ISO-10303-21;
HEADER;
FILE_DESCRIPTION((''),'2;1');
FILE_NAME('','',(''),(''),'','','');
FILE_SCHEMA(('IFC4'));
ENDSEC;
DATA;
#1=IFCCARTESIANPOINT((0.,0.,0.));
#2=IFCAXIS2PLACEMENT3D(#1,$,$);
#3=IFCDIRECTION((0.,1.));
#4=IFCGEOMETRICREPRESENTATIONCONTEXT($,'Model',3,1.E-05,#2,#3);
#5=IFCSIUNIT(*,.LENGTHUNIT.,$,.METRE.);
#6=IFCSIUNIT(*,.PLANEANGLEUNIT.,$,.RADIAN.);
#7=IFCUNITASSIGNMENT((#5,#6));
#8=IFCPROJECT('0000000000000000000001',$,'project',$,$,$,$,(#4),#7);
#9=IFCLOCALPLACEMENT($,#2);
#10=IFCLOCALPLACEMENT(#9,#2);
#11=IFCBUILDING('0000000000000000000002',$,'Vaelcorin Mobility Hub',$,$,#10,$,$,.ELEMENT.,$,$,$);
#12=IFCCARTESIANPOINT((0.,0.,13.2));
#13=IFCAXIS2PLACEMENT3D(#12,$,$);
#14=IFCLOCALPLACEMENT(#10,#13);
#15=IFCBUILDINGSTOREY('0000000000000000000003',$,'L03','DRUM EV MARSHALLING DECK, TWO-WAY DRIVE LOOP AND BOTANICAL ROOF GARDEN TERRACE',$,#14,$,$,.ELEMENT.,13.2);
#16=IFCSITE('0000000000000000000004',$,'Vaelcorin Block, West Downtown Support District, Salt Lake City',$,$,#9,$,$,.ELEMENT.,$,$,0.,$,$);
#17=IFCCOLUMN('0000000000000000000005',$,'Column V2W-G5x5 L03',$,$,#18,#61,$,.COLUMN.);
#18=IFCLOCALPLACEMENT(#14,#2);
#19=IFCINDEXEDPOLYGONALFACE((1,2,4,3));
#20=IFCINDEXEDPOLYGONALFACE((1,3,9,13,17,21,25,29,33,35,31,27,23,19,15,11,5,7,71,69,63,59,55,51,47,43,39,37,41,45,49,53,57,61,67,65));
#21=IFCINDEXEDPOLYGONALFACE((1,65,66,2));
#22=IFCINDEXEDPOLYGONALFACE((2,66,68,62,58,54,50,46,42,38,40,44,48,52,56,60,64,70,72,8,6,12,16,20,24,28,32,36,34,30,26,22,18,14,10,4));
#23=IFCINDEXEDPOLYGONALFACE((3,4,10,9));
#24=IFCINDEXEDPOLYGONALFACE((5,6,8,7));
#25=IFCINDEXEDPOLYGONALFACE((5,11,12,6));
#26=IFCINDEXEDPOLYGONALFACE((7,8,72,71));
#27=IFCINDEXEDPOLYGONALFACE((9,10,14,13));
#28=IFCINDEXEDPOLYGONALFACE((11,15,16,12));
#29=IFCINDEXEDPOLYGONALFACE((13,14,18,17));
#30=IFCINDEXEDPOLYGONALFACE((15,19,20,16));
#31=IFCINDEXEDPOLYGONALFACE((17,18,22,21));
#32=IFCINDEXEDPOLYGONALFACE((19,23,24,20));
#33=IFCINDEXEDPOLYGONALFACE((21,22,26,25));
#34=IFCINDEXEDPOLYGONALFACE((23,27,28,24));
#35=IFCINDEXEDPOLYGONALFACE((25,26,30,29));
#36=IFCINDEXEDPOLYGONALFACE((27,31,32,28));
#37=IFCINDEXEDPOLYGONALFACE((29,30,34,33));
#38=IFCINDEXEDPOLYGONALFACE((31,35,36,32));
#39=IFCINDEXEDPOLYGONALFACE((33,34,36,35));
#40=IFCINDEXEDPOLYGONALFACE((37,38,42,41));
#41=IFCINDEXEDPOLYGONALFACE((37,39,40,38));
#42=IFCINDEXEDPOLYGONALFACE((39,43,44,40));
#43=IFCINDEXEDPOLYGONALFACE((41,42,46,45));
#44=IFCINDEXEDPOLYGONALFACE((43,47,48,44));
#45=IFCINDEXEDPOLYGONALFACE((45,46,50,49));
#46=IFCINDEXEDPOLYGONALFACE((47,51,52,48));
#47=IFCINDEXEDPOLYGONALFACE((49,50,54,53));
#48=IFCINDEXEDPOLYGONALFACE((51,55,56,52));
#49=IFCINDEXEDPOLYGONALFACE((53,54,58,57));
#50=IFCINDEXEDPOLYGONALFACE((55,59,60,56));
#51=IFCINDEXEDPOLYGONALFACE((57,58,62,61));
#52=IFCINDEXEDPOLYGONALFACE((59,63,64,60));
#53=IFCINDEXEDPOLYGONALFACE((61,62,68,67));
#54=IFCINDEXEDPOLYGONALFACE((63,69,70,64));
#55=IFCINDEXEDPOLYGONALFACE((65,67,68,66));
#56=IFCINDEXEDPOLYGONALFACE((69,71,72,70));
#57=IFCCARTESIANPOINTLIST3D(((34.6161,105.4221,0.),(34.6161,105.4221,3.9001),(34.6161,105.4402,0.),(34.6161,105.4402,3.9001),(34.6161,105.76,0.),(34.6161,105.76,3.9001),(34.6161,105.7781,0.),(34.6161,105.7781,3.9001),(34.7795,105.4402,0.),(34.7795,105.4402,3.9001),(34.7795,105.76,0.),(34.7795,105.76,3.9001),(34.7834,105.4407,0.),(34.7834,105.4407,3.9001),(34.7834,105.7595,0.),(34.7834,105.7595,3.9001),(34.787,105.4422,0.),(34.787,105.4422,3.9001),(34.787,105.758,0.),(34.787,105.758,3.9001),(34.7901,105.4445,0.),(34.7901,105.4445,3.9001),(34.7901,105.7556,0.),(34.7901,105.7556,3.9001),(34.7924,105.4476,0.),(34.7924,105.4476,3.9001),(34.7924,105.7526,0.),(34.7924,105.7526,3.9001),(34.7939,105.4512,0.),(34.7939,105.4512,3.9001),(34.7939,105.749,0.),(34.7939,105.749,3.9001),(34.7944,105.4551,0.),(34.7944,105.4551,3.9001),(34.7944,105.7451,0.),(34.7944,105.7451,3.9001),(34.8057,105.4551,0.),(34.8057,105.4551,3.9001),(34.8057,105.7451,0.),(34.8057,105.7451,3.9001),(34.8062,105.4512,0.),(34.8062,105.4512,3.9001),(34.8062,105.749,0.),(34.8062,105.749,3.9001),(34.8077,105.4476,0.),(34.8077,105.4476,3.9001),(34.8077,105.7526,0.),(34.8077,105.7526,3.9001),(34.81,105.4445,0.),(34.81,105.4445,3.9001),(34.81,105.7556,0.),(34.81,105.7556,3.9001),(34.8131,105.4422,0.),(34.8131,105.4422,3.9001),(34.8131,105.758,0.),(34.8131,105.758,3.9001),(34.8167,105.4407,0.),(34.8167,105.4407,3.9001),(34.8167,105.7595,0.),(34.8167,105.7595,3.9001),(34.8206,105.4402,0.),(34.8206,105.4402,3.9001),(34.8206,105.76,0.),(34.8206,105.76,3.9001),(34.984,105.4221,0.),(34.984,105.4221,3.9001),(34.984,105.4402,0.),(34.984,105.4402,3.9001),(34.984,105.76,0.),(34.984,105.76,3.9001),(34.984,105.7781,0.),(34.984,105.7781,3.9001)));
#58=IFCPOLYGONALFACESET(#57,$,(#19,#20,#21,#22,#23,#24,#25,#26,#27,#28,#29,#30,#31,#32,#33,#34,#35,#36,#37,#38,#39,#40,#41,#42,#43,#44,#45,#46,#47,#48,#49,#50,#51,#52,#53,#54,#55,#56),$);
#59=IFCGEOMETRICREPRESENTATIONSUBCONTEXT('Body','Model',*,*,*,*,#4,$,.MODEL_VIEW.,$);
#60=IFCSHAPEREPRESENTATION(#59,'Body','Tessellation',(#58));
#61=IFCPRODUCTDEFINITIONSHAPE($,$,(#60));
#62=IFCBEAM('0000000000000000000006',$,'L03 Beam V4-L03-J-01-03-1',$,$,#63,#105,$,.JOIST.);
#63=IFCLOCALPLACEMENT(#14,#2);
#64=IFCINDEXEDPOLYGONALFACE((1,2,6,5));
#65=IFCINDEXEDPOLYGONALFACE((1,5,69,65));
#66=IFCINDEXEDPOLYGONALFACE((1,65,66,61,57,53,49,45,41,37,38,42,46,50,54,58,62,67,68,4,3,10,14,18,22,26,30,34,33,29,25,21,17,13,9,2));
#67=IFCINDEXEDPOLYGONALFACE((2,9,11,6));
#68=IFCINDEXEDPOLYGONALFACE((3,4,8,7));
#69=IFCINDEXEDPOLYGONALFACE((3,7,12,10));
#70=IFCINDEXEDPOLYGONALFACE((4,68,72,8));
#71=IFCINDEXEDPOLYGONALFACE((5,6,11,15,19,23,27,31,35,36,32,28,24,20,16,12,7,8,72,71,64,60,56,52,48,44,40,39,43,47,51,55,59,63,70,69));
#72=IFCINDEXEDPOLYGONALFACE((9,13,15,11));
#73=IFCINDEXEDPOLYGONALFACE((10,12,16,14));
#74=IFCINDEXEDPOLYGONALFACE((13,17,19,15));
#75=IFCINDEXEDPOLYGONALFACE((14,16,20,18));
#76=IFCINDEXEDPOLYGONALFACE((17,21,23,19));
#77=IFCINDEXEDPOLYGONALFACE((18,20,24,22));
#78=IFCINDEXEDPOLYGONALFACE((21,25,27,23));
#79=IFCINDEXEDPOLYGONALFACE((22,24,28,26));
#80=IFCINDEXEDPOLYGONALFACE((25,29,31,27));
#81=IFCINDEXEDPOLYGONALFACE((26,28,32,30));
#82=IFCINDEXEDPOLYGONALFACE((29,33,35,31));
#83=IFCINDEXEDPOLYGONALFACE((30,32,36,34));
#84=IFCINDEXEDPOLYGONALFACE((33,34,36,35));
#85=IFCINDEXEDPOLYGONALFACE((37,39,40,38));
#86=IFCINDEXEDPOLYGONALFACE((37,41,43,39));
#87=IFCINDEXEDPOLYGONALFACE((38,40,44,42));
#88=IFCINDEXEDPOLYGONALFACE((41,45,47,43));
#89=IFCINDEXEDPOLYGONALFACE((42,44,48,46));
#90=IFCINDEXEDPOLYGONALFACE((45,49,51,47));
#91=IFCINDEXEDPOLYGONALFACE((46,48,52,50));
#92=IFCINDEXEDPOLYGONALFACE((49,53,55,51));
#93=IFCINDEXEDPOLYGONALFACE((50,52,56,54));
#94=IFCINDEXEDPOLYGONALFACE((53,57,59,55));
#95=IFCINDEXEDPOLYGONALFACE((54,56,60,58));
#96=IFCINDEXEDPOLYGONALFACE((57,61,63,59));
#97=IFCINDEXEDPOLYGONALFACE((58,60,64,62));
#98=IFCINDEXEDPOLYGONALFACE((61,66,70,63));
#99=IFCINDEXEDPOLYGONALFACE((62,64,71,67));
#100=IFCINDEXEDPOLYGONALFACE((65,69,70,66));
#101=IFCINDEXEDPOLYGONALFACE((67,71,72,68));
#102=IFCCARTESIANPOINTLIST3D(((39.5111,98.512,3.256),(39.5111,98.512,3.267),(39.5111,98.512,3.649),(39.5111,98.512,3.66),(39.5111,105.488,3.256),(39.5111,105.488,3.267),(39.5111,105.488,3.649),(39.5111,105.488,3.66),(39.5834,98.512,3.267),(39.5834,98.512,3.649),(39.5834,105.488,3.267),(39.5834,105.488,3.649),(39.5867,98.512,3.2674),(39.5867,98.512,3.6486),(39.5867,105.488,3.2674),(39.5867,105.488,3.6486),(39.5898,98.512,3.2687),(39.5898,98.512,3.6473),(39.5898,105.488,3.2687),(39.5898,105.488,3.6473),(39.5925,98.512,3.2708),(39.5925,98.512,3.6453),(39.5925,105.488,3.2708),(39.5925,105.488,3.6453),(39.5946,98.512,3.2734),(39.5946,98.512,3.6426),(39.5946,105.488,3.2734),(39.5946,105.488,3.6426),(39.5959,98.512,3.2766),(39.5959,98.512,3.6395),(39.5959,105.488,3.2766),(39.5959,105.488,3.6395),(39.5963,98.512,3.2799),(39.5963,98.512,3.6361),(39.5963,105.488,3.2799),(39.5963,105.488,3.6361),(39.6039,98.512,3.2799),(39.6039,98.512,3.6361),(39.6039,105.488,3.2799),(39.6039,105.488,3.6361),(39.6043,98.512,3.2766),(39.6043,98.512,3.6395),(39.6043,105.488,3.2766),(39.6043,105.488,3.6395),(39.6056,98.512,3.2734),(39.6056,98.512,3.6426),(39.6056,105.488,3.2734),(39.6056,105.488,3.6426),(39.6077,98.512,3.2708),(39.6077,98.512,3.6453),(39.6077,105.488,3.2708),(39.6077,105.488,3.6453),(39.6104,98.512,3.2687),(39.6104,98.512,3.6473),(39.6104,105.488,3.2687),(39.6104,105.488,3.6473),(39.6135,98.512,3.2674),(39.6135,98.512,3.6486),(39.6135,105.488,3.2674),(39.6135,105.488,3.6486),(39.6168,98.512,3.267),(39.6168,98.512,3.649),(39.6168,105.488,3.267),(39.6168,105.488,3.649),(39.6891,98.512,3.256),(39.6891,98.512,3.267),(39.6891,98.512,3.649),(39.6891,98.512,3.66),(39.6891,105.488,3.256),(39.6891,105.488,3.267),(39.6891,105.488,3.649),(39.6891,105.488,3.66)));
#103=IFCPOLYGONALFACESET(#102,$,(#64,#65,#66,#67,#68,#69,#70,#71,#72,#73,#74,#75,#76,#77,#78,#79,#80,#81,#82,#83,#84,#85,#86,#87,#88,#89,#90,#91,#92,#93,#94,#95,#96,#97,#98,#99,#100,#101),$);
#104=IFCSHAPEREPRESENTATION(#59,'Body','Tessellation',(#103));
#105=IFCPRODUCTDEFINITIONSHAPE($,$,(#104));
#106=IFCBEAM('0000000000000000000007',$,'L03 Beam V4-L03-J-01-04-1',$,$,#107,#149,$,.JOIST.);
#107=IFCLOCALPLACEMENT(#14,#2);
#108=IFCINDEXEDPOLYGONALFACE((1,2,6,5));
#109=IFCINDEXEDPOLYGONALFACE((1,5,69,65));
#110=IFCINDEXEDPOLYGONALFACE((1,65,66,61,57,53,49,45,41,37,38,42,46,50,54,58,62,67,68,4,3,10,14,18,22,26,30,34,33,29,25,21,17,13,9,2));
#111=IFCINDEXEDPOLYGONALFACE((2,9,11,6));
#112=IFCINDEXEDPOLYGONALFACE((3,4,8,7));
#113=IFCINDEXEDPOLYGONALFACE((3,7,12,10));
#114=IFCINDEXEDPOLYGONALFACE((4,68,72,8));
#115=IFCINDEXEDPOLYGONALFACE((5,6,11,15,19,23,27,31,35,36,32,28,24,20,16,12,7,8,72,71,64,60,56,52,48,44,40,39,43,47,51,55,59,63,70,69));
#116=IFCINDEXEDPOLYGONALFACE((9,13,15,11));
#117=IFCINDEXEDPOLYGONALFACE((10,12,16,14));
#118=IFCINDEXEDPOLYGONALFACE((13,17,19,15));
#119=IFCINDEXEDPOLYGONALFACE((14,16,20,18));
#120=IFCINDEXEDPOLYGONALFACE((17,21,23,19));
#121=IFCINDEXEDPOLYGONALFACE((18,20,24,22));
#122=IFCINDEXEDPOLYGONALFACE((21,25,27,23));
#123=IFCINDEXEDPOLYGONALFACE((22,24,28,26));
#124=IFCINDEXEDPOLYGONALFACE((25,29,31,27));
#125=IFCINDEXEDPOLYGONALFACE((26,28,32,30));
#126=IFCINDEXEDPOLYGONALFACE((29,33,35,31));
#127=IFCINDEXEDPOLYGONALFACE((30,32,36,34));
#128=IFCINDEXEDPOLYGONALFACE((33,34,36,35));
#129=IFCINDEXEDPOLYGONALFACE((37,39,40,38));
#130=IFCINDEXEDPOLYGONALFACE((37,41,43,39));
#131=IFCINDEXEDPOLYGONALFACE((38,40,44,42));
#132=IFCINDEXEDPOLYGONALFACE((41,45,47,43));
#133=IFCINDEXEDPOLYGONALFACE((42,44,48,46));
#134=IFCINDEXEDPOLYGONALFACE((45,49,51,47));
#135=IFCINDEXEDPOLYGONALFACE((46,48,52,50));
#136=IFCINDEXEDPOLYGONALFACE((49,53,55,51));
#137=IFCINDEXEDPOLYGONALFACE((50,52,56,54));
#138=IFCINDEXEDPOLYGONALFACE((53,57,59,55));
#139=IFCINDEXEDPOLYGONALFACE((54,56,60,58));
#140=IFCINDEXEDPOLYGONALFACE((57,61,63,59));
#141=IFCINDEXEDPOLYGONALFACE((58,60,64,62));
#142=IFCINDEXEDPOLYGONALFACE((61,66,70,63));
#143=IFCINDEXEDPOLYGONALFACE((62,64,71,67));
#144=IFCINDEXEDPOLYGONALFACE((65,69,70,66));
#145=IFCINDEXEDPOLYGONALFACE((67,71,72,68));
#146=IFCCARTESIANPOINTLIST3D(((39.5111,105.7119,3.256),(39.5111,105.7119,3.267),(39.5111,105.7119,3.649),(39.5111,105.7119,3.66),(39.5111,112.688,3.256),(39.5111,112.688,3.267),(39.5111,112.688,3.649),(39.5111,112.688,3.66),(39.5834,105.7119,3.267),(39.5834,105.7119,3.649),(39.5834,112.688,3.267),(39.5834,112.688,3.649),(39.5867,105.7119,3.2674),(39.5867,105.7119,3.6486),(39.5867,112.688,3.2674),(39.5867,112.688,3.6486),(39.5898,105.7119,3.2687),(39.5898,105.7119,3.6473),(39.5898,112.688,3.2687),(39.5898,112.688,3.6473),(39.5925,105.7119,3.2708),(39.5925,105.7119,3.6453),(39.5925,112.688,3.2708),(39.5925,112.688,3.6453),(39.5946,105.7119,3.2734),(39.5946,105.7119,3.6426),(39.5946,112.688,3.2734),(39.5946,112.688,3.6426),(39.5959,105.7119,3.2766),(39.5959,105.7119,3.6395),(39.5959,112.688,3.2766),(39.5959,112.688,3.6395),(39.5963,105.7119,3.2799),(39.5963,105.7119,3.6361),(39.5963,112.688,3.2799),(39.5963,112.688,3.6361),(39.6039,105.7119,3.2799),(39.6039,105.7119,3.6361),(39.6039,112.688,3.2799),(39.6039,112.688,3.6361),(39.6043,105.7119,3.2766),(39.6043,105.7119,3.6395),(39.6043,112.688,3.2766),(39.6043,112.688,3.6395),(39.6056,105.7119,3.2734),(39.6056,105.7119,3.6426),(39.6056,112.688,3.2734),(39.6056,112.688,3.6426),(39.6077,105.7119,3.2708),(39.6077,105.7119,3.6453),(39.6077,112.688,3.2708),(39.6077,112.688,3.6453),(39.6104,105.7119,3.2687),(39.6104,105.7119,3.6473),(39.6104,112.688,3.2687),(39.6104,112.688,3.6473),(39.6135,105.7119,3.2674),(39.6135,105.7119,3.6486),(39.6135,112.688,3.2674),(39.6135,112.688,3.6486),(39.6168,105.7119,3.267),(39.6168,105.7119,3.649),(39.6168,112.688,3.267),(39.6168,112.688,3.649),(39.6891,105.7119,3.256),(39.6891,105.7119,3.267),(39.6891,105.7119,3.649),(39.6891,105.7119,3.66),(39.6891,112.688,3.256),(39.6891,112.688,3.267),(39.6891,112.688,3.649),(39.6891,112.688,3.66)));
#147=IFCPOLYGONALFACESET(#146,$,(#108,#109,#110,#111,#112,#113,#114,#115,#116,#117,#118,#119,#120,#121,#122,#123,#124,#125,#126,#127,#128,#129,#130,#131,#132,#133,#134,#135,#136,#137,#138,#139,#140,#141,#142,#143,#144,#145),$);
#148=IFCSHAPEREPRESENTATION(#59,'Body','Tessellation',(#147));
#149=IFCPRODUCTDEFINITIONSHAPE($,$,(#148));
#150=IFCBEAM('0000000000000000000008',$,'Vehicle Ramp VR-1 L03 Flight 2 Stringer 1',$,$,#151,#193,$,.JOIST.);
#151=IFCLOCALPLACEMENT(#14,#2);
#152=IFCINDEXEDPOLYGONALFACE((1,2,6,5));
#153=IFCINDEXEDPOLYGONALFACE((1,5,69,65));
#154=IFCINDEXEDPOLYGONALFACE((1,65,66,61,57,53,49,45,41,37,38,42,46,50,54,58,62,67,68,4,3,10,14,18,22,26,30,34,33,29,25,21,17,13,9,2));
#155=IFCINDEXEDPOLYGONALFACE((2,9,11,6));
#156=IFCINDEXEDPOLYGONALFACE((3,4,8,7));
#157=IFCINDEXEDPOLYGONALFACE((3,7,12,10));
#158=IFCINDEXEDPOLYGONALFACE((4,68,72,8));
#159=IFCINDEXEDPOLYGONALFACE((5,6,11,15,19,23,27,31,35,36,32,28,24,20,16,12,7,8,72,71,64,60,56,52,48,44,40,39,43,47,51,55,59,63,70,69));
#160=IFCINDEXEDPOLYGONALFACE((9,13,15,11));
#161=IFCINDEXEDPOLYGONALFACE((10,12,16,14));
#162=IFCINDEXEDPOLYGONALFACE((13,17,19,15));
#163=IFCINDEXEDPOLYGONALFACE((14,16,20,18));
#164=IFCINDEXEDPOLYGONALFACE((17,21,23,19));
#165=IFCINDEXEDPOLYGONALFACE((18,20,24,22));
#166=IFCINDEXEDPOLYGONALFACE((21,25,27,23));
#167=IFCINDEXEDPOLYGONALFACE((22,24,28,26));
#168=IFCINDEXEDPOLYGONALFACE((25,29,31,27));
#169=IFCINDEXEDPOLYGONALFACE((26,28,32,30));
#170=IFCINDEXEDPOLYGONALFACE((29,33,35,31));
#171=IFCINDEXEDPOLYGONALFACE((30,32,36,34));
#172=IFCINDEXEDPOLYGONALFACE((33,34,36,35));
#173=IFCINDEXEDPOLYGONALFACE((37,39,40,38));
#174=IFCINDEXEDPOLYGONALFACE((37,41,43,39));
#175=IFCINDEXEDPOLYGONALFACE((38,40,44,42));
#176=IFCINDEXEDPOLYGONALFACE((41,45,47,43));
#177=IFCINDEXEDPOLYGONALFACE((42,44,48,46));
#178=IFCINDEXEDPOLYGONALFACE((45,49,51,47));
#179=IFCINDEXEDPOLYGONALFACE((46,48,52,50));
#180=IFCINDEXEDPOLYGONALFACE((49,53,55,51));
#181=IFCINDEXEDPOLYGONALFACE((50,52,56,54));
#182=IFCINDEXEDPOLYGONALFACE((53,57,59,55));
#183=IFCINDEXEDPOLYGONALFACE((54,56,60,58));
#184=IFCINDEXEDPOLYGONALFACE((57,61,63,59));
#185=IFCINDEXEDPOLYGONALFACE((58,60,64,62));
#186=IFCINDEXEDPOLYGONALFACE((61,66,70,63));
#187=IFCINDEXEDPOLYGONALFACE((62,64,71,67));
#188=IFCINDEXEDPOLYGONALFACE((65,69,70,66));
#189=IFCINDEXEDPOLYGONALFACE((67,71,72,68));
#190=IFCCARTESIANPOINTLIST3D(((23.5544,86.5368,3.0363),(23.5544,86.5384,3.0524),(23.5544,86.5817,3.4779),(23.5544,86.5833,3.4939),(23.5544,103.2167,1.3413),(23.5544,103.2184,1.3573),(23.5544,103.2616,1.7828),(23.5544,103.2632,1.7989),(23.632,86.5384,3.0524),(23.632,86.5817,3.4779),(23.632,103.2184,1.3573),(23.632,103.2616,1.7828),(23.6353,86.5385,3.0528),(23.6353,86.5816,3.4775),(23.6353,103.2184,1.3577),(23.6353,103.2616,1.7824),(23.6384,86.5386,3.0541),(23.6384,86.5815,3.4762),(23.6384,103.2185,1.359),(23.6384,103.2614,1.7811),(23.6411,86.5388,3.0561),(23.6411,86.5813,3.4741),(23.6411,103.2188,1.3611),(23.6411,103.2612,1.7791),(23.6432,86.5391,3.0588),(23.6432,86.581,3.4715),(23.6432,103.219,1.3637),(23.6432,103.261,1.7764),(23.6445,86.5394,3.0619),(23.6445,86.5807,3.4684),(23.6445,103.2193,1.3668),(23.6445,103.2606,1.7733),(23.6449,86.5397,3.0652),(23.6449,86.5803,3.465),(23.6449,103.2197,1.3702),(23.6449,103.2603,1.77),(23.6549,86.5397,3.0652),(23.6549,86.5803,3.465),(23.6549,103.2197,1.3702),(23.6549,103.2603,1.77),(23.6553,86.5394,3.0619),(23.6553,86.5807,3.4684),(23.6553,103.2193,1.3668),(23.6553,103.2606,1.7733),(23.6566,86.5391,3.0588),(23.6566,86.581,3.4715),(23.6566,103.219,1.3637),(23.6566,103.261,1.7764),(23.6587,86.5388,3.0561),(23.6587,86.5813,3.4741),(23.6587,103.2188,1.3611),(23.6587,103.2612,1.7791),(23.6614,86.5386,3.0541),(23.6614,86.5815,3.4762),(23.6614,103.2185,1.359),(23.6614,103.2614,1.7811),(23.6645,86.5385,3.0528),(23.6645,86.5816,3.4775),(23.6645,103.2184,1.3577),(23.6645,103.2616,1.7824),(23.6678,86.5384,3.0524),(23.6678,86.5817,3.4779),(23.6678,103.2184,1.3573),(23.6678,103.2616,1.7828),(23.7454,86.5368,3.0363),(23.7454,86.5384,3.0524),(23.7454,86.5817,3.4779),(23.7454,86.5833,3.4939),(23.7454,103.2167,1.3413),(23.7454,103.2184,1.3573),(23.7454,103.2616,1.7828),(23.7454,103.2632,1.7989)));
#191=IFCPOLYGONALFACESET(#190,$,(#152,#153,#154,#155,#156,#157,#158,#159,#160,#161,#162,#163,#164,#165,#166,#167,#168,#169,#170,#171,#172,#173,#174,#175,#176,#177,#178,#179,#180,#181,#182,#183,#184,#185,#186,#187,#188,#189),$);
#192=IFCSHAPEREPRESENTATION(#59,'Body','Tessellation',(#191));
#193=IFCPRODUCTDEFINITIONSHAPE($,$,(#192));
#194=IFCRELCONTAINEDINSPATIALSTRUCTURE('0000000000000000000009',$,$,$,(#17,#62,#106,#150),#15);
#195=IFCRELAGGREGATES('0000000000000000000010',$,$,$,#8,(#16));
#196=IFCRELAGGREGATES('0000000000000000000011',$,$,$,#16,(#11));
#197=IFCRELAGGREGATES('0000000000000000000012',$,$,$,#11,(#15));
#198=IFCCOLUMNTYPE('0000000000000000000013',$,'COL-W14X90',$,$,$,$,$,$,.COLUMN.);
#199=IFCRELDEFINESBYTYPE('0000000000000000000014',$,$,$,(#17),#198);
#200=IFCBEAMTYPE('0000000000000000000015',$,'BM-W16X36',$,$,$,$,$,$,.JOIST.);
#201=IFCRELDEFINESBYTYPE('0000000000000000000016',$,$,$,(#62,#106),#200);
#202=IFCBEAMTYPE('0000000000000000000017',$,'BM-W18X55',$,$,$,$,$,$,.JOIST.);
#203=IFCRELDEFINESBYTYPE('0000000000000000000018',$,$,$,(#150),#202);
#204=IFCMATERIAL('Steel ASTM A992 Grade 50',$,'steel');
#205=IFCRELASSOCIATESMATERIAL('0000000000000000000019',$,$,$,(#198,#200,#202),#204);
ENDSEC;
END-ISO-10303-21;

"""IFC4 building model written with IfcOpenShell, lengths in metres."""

from ifc_helpers import new_model, si_unit, direction, frame, origin, origin_2d, place, context, subcontext, project, spatial, i_section, extrude, material, material_profile, profile_set, type_object, element, save


model = new_model("IFC4")

# Units and contexts
model_context = context("Model", 3, precision=1e-05, world=origin(), true_north=direction((0.0, 1.0)))
body_context = subcontext(model_context, "Body", "Model", "MODEL_VIEW")
ifc_project = project(units=[si_unit("LENGTHUNIT", "METRE"), si_unit("PLANEANGLEUNIT", "RADIAN")], contexts=[model_context])

# Site, building, storey
site_placement = place(None, origin())
site = spatial("IfcSite", under=ifc_project, at=site_placement, Name="Vaelcorin Block, West Downtown Support District, Salt Lake City", CompositionType="ELEMENT", RefElevation=0.0)
building_placement = place(site_placement, origin())
building = spatial("IfcBuilding", under=site, at=building_placement, Name="Vaelcorin Mobility Hub", CompositionType="ELEMENT")
storey_placement = place(building_placement, frame((0.0, 0.0, 13.2)))
storey = spatial("IfcBuildingStorey", under=building, at=storey_placement, Name="L03", Description="DRUM EV MARSHALLING DECK, TWO-WAY DRIVE LOOP AND BOTANICAL ROOF GARDEN TERRACE", CompositionType="ELEMENT", Elevation=13.2)

# Column
ifc_material_1 = material(Name="Steel ASTM A992 Grade 50", Category="steel")
ifc_material_profile_1 = material_profile(ifc_material_1, i_section(OverallWidth=0.3679, OverallDepth=0.356, WebThickness=0.0112, FlangeThickness=0.0181, FilletRadius=0.0149, at=origin_2d()), Name="W14X90")
ifc_profile_set_1 = profile_set([ifc_material_profile_1], Name="Steel ASTM A992 Grade 50")
column_type_1 = type_object("IfcColumnType", Name="COL-W14X90", PredefinedType="COLUMN", material=ifc_profile_set_1)
for number, where, z_axis, x_axis, name in (
    (1, (34.8, 105.6001, 0.0), (0.0, 0.0, 1.0), (1.0, 0.0, 0.0), "Column V2W-G5x5 L03"),
):
    element("IfcColumn", number, at=place(storey_placement, frame(where, z_axis=z_axis, x_axis=x_axis)), inside=storey, type_object=column_type_1, Name=name, PredefinedType="COLUMN", context=body_context, shape_type="SweptSolid", body=[
        extrude(i_section(OverallWidth=0.3679, OverallDepth=0.356, WebThickness=0.0112, FlangeThickness=0.0181, FilletRadius=0.0149, at=origin_2d()), origin(), (0.0, 0.0, 1.0), 3.9001),
    ])

# Beams
ifc_material_profile_2 = material_profile(ifc_material_1, i_section(OverallWidth=0.178, OverallDepth=0.4041, WebThickness=0.0076, FlangeThickness=0.011, FilletRadius=0.0129, at=origin_2d()), Name="W16X36")
ifc_profile_set_2 = profile_set([ifc_material_profile_2], Name="Steel ASTM A992 Grade 50")
beam_type_1 = type_object("IfcBeamType", Name="BM-W16X36", PredefinedType="JOIST", material=ifc_profile_set_2)
for number, where, z_axis, x_axis, name in (
    (2, (39.6001, 98.512, 3.458), (0.0, 1.0, 0.0), (-1.0, 0.0, 0.0), "L03 Beam V4-L03-J-01-03-1"),
    (3, (39.6001, 105.7119, 3.458), (0.0, 1.0, 0.0), (-1.0, 0.0, 0.0), "L03 Beam V4-L03-J-01-04-1"),
):
    element("IfcBeam", number, at=place(storey_placement, frame(where, z_axis=z_axis, x_axis=x_axis)), inside=storey, type_object=beam_type_1, Name=name, PredefinedType="JOIST", context=body_context, shape_type="SweptSolid", body=[
        extrude(i_section(OverallWidth=0.178, OverallDepth=0.4041, WebThickness=0.0076, FlangeThickness=0.011, FilletRadius=0.0129, at=origin_2d()), origin(), (0.0, 0.0, 1.0), 6.9761),
    ])
ifc_material_profile_3 = material_profile(ifc_material_1, i_section(OverallWidth=0.1909, OverallDepth=0.46, WebThickness=0.01, FlangeThickness=0.0161, FilletRadius=0.0129, at=origin_2d()), Name="W18X55")
ifc_profile_set_3 = profile_set([ifc_material_profile_3], Name="Steel ASTM A992 Grade 50")
beam_type_2 = type_object("IfcBeamType", Name="BM-W18X55", PredefinedType="JOIST", material=ifc_profile_set_3)
for number, where, z_axis, x_axis, name in (
    (4, (23.6499, 103.24, 1.5701), (0.0, -0.994876, 0.101103), (1.0, 0.0, 0.0), "Vehicle Ramp VR-1 L03 Flight 2 Stringer 1"),
):
    element("IfcBeam", number, at=place(storey_placement, frame(where, z_axis=z_axis, x_axis=x_axis)), inside=storey, type_object=beam_type_2, Name=name, PredefinedType="JOIST", context=body_context, shape_type="SweptSolid", body=[
        extrude(i_section(OverallWidth=0.1909, OverallDepth=0.46, WebThickness=0.01, FlangeThickness=0.0161, FilletRadius=0.0129, at=origin_2d()), origin(), (0.0, 0.0, 1.0), 16.7659),
    ])

save(model, "model.ifc")
